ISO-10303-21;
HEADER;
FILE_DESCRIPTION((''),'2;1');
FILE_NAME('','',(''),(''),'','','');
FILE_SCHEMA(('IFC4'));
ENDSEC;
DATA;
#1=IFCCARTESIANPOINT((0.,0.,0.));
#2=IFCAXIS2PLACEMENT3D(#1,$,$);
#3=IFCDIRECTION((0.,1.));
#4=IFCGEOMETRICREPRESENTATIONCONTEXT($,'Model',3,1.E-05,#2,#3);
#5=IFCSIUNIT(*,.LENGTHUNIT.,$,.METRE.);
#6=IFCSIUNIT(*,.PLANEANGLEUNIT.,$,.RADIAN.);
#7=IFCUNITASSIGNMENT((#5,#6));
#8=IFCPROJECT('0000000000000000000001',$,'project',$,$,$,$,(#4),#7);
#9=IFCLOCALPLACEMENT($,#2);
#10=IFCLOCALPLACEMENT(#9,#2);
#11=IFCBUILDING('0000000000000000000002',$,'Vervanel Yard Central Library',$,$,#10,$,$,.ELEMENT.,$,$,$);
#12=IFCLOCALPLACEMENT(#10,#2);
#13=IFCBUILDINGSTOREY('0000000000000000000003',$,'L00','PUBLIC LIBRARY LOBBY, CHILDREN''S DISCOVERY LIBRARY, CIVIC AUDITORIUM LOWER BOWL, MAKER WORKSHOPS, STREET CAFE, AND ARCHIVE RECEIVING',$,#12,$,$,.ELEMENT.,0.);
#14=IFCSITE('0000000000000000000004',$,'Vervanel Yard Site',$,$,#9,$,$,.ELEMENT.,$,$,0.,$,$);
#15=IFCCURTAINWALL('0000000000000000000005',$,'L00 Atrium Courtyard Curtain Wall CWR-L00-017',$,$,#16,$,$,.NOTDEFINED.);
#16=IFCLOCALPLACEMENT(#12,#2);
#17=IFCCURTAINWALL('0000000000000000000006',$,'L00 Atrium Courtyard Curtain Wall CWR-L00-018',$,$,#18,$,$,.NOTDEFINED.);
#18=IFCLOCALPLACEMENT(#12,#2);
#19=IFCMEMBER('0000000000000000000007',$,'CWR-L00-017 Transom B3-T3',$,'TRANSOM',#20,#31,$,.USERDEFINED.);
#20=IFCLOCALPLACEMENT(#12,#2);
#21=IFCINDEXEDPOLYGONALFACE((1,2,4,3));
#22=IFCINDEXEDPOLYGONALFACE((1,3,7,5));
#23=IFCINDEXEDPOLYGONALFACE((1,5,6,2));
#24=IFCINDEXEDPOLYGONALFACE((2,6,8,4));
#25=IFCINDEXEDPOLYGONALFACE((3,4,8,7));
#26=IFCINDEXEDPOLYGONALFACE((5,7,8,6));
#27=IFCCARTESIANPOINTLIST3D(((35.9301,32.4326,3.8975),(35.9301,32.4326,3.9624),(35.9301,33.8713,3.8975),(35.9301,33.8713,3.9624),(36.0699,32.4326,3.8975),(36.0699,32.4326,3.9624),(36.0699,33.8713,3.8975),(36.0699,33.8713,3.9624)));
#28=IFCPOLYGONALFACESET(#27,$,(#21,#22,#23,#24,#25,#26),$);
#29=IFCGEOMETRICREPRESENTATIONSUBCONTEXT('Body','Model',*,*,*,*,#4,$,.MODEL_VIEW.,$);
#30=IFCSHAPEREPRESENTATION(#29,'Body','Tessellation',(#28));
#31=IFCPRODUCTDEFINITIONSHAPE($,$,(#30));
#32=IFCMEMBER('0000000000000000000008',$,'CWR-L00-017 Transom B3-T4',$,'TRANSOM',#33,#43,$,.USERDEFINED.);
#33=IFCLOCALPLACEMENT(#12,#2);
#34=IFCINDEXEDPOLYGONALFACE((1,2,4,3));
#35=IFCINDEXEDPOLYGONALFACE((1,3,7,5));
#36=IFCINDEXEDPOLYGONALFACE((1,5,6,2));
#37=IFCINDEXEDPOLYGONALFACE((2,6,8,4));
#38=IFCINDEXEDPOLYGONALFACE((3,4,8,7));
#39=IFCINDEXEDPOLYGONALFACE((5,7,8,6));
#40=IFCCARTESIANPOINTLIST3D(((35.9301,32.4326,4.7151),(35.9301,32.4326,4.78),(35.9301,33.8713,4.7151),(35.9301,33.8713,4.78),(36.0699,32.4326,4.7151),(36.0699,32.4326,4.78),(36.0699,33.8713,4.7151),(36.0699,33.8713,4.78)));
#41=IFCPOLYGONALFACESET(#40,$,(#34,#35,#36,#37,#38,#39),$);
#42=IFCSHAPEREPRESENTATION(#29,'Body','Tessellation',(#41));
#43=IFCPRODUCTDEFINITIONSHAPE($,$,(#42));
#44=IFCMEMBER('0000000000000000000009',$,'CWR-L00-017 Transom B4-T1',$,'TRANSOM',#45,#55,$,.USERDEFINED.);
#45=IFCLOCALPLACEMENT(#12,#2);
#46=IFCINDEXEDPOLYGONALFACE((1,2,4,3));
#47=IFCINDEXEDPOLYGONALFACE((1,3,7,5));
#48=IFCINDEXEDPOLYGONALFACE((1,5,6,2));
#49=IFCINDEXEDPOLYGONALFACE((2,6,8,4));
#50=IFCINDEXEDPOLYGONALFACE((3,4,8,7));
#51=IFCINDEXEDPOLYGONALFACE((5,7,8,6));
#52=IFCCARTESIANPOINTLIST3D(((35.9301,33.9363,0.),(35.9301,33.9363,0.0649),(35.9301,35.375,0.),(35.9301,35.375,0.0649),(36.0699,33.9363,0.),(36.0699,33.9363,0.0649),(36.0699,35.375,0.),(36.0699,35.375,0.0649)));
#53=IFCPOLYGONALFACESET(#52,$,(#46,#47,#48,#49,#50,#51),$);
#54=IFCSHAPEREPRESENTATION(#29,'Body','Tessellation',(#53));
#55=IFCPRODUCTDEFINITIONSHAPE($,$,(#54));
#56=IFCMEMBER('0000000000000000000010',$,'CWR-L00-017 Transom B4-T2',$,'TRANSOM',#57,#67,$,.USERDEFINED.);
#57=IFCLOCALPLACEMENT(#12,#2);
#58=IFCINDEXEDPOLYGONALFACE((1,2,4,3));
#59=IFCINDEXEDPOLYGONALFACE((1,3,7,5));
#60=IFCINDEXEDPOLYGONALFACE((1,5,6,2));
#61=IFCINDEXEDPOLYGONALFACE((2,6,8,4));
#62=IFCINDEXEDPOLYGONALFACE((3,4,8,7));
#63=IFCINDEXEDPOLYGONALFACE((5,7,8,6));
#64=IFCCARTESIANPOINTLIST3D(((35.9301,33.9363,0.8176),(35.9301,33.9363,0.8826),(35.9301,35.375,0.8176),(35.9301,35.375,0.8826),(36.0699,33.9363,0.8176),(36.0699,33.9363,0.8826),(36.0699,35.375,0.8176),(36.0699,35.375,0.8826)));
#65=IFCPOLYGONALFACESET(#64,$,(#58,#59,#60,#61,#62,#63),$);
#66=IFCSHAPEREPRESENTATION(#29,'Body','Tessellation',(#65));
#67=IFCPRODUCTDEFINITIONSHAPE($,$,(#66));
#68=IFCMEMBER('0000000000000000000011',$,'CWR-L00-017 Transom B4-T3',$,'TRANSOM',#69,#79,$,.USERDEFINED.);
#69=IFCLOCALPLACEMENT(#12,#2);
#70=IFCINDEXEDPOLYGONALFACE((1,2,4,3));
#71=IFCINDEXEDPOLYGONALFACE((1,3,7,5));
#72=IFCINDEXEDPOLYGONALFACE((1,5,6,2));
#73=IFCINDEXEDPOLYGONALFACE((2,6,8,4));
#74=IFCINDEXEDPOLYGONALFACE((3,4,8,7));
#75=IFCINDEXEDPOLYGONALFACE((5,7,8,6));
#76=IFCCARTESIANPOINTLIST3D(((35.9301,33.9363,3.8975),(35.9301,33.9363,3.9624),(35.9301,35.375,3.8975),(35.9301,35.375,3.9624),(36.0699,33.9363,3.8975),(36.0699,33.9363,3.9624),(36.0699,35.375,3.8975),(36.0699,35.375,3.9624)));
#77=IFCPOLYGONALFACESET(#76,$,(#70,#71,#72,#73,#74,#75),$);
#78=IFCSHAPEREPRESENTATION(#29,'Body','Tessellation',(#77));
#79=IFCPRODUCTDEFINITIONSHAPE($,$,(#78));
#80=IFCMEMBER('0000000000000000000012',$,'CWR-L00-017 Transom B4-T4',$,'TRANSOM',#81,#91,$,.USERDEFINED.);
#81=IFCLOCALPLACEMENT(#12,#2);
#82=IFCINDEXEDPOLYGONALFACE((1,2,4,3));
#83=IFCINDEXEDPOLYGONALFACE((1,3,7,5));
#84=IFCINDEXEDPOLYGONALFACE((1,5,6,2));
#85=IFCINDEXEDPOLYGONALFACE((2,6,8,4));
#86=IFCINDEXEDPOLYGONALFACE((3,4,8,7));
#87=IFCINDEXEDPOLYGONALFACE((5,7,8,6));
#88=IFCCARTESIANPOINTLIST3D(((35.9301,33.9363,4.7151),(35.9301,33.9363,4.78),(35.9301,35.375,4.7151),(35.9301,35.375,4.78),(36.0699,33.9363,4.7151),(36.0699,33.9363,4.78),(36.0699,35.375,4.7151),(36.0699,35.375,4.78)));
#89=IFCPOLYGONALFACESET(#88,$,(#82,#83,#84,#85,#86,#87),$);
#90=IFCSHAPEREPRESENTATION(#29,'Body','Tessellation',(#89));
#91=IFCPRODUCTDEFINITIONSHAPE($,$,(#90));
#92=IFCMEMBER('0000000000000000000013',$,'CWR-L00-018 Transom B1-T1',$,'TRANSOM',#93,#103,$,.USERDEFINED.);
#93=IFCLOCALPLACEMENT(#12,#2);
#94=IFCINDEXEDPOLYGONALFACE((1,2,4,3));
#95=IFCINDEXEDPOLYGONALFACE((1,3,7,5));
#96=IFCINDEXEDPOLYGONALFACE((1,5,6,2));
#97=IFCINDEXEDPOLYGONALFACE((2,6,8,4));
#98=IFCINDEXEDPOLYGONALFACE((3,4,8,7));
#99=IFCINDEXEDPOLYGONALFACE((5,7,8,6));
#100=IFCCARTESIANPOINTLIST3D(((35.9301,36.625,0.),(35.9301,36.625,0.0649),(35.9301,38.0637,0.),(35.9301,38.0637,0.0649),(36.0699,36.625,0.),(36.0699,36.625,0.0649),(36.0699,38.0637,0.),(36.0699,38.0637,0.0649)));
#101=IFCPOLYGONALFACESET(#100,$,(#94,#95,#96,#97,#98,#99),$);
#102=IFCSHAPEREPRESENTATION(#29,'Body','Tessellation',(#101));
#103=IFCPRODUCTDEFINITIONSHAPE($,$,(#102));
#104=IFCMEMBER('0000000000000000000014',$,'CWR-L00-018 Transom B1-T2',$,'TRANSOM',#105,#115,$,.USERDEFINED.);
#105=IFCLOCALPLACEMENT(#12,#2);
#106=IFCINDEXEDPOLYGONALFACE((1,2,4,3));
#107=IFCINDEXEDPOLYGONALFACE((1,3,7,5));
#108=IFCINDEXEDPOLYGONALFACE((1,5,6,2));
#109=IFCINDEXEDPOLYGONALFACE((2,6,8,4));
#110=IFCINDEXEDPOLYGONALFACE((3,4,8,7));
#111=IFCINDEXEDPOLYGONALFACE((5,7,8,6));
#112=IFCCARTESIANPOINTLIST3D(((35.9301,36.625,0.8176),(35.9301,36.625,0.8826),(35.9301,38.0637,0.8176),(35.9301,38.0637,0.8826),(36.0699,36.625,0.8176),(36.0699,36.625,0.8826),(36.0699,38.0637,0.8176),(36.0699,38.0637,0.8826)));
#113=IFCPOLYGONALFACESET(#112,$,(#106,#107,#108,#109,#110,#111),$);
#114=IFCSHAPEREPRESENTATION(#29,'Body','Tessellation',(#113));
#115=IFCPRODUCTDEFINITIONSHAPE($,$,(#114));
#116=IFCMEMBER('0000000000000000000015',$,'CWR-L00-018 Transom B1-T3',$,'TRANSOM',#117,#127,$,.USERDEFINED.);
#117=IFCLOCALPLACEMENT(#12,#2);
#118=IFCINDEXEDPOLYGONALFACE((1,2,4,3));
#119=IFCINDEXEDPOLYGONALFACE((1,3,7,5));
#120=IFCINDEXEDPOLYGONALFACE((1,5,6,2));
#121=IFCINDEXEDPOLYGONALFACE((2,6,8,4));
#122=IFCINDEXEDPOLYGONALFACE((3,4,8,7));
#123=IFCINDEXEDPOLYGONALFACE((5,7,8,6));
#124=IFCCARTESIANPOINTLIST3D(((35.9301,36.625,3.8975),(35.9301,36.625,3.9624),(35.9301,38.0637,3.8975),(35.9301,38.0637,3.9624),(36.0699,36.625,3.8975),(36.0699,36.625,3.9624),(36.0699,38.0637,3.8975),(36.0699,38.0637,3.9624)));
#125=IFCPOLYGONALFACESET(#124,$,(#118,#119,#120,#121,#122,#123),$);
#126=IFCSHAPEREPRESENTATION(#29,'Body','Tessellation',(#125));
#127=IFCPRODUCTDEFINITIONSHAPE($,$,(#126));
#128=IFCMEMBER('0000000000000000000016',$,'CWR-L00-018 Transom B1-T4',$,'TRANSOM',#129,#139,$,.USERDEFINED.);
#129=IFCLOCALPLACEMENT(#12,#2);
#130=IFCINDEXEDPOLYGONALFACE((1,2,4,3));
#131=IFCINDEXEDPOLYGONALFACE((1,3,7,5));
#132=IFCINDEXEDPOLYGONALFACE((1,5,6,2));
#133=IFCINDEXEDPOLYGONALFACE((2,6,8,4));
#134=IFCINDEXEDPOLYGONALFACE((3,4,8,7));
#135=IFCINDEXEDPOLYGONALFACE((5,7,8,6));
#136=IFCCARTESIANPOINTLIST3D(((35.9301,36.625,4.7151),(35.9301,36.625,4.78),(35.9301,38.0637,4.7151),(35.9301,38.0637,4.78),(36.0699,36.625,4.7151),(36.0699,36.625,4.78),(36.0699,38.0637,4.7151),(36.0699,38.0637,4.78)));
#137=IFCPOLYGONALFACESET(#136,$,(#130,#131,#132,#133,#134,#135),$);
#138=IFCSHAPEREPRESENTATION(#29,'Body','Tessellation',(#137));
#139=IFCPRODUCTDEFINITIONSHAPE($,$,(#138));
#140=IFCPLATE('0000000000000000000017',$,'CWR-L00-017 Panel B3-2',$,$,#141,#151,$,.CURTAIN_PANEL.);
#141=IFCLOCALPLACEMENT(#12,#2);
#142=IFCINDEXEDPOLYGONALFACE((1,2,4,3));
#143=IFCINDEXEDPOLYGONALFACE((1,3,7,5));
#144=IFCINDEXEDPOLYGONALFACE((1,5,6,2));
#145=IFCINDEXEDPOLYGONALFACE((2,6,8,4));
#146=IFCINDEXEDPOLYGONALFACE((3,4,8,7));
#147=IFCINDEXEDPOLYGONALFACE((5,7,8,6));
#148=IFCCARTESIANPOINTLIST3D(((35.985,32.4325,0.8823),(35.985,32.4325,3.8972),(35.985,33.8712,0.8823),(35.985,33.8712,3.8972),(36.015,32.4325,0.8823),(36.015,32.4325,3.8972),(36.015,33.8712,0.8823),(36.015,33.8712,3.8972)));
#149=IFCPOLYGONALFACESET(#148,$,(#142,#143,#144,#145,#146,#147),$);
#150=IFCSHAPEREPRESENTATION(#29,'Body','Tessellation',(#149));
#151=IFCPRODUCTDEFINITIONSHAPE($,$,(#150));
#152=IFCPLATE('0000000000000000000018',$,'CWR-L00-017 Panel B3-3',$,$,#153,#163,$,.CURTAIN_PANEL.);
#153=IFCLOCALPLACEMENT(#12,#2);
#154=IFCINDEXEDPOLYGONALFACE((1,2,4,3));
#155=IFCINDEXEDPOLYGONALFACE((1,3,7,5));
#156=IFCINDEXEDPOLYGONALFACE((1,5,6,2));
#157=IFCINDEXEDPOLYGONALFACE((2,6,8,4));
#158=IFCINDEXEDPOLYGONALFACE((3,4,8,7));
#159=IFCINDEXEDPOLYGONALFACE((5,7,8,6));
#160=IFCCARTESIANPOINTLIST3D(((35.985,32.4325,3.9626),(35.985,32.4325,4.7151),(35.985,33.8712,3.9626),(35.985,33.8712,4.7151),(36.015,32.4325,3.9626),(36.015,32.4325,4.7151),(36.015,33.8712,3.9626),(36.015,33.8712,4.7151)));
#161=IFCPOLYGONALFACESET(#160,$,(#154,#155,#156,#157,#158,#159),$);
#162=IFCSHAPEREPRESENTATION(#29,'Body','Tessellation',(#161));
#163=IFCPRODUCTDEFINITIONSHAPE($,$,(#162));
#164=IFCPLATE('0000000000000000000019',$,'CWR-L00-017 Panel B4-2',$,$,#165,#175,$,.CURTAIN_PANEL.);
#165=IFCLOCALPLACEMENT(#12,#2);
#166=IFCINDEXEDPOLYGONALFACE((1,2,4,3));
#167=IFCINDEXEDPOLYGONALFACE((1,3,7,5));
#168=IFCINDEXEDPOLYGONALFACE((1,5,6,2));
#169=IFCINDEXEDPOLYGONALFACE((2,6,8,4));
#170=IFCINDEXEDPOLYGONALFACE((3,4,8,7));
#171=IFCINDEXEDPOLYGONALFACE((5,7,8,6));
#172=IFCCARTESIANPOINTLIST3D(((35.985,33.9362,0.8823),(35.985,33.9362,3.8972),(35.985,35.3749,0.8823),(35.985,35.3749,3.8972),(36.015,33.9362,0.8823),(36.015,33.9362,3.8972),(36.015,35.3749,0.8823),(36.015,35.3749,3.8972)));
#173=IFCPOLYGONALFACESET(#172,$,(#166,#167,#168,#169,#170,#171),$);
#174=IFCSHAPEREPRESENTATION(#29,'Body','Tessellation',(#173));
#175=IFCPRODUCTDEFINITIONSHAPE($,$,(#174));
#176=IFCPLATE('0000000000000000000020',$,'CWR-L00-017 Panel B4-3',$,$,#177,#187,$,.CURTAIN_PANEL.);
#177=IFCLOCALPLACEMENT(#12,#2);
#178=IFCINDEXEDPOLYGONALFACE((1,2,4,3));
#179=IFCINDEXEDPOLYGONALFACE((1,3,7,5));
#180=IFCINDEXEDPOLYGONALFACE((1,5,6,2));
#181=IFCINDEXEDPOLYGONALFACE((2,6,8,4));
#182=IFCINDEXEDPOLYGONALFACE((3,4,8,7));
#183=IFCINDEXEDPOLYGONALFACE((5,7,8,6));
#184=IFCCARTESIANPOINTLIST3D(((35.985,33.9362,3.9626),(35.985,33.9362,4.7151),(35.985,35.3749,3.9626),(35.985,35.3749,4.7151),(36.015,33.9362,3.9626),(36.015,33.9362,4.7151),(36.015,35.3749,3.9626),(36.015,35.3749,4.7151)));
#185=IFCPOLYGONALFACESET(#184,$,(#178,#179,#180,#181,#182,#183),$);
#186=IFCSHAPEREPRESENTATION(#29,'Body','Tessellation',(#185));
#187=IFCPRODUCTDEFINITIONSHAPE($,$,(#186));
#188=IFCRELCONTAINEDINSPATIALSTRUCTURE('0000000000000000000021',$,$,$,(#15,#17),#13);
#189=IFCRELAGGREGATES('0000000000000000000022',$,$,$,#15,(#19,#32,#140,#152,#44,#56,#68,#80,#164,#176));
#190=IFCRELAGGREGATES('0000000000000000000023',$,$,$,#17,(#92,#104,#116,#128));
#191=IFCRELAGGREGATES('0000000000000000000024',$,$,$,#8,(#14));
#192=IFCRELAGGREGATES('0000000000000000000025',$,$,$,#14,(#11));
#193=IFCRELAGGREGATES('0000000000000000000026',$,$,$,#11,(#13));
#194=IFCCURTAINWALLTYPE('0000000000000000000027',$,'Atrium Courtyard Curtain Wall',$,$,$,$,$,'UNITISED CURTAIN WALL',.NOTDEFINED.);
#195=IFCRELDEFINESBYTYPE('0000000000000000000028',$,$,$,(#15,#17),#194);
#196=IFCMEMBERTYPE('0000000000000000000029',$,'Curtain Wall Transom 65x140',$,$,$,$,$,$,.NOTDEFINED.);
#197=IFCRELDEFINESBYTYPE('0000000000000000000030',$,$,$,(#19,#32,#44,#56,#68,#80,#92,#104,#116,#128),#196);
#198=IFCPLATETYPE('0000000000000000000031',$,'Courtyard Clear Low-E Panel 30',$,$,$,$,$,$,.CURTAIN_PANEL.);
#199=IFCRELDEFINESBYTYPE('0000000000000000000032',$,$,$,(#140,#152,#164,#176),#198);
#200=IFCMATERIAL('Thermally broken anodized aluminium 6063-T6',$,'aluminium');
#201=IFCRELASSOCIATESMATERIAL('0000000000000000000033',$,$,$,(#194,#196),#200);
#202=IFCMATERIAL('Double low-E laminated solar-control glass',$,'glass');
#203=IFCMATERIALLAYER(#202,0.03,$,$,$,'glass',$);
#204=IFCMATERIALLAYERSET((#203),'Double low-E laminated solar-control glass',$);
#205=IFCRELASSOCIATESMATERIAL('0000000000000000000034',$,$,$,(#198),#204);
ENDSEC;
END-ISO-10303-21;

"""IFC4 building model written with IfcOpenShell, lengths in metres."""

from ifc_helpers import new_model, si_unit, direction, frame, origin, origin_2d, place, context, subcontext, project, spatial, rectangle, extrude, material, layer, layer_set, material_profile, profile_set, type_object, element, aggregate, save


model = new_model("IFC4")

# Units and contexts
model_context = context("Model", 3, precision=1e-05, world=origin(), true_north=direction((0.0, 1.0)))
body_context = subcontext(model_context, "Body", "Model", "MODEL_VIEW")
ifc_project = project(units=[si_unit("LENGTHUNIT", "METRE"), si_unit("PLANEANGLEUNIT", "RADIAN")], contexts=[model_context])

# Site, building, storey
site_placement = place(None, origin())
site = spatial("IfcSite", under=ifc_project, at=site_placement, Name="Vervanel Yard Site", CompositionType="ELEMENT", RefElevation=0.0)
building_placement = place(site_placement, origin())
building = spatial("IfcBuilding", under=site, at=building_placement, Name="Vervanel Yard Central Library", CompositionType="ELEMENT")
storey_placement = place(building_placement, origin())
storey = spatial("IfcBuildingStorey", under=building, at=storey_placement, Name="L00", Description="PUBLIC LIBRARY LOBBY, CHILDREN'S DISCOVERY LIBRARY, CIVIC AUDITORIUM LOWER BOWL, MAKER WORKSHOPS, STREET CAFE, AND ARCHIVE RECEIVING", CompositionType="ELEMENT", Elevation=0.0)

# Curtain wall
ifc_material_1 = material(Name="Thermally broken anodized aluminium 6063-T6", Category="aluminium")
curtain_wall_type = type_object("IfcCurtainWallType", Name="Atrium Courtyard Curtain Wall", ElementType="UNITISED CURTAIN WALL", PredefinedType="NOTDEFINED", material=ifc_material_1)
curtain_wall_1_placement = place(storey_placement, origin())
curtain_wall_1 = element("IfcCurtainWall", 1, at=curtain_wall_1_placement, inside=storey, type_object=curtain_wall_type, Name="L00 Atrium Courtyard Curtain Wall CWR-L00-017", PredefinedType="NOTDEFINED")

# Curtain wall
curtain_wall_2_placement = place(storey_placement, origin())
curtain_wall_2 = element("IfcCurtainWall", 2, at=curtain_wall_2_placement, inside=storey, type_object=curtain_wall_type, Name="L00 Atrium Courtyard Curtain Wall CWR-L00-018", PredefinedType="NOTDEFINED")

# Members
ifc_material_profile_1 = material_profile(ifc_material_1, rectangle(XDim=0.0649, YDim=0.1399, at=origin_2d()), Name="ALU 65x140", Category="aluminium")
ifc_profile_set_1 = profile_set([ifc_material_profile_1], Name="Thermally broken anodized aluminium 6063-T6")
member_type_1 = type_object("IfcMemberType", Name="Curtain Wall Transom 65x140", PredefinedType="NOTDEFINED", material=ifc_profile_set_1)
member_1_placement = place(storey_placement, frame((36.0, 32.4326, 3.9299), z_axis=(0.0, 1.0, 0.0), x_axis=(0.0, 0.0, 1.0)))
member_1 = element("IfcMember", 3, at=member_1_placement, type_object=member_type_1, Name="CWR-L00-017 Transom B3-T3", ObjectType="TRANSOM", PredefinedType="USERDEFINED", context=body_context, shape_type="SweptSolid", body=[
    extrude(rectangle(XDim=0.0649, YDim=0.1399, at=origin_2d()), origin(), (0.0, 0.0, 1.0), 1.4387),
])
member_2_placement = place(storey_placement, frame((36.0, 32.4326, 4.7476), z_axis=(0.0, 1.0, 0.0), x_axis=(0.0, 0.0, 1.0)))
member_2 = element("IfcMember", 4, at=member_2_placement, type_object=member_type_1, Name="CWR-L00-017 Transom B3-T4", ObjectType="TRANSOM", PredefinedType="USERDEFINED", context=body_context, shape_type="SweptSolid", body=[
    extrude(rectangle(XDim=0.0649, YDim=0.1399, at=origin_2d()), origin(), (0.0, 0.0, 1.0), 1.4387),
])
member_3_placement = place(storey_placement, frame((36.0, 33.9363, 0.0325), z_axis=(0.0, 1.0, 0.0), x_axis=(0.0, 0.0, 1.0)))
member_3 = element("IfcMember", 5, at=member_3_placement, type_object=member_type_1, Name="CWR-L00-017 Transom B4-T1", ObjectType="TRANSOM", PredefinedType="USERDEFINED", context=body_context, shape_type="SweptSolid", body=[
    extrude(rectangle(XDim=0.0649, YDim=0.1399, at=origin_2d()), origin(), (0.0, 0.0, 1.0), 1.4387),
])
member_4_placement = place(storey_placement, frame((36.0, 33.9363, 0.8501), z_axis=(0.0, 1.0, 0.0), x_axis=(0.0, 0.0, 1.0)))
member_4 = element("IfcMember", 6, at=member_4_placement, type_object=member_type_1, Name="CWR-L00-017 Transom B4-T2", ObjectType="TRANSOM", PredefinedType="USERDEFINED", context=body_context, shape_type="SweptSolid", body=[
    extrude(rectangle(XDim=0.0649, YDim=0.1399, at=origin_2d()), origin(), (0.0, 0.0, 1.0), 1.4387),
])
member_5_placement = place(storey_placement, frame((36.0, 33.9363, 3.9299), z_axis=(0.0, 1.0, 0.0), x_axis=(0.0, 0.0, 1.0)))
member_5 = element("IfcMember", 7, at=member_5_placement, type_object=member_type_1, Name="CWR-L00-017 Transom B4-T3", ObjectType="TRANSOM", PredefinedType="USERDEFINED", context=body_context, shape_type="SweptSolid", body=[
    extrude(rectangle(XDim=0.0649, YDim=0.1399, at=origin_2d()), origin(), (0.0, 0.0, 1.0), 1.4387),
])
member_6_placement = place(storey_placement, frame((36.0, 33.9363, 4.7476), z_axis=(0.0, 1.0, 0.0), x_axis=(0.0, 0.0, 1.0)))
member_6 = element("IfcMember", 8, at=member_6_placement, type_object=member_type_1, Name="CWR-L00-017 Transom B4-T4", ObjectType="TRANSOM", PredefinedType="USERDEFINED", context=body_context, shape_type="SweptSolid", body=[
    extrude(rectangle(XDim=0.0649, YDim=0.1399, at=origin_2d()), origin(), (0.0, 0.0, 1.0), 1.4387),
])
member_7_placement = place(storey_placement, frame((36.0, 36.625, 0.0325), z_axis=(0.0, 1.0, 0.0), x_axis=(0.0, 0.0, 1.0)))
member_7 = element("IfcMember", 9, at=member_7_placement, type_object=member_type_1, Name="CWR-L00-018 Transom B1-T1", ObjectType="TRANSOM", PredefinedType="USERDEFINED", context=body_context, shape_type="SweptSolid", body=[
    extrude(rectangle(XDim=0.0649, YDim=0.1399, at=origin_2d()), origin(), (0.0, 0.0, 1.0), 1.4387),
])
member_8_placement = place(storey_placement, frame((36.0, 36.625, 0.8501), z_axis=(0.0, 1.0, 0.0), x_axis=(0.0, 0.0, 1.0)))
member_8 = element("IfcMember", 10, at=member_8_placement, type_object=member_type_1, Name="CWR-L00-018 Transom B1-T2", ObjectType="TRANSOM", PredefinedType="USERDEFINED", context=body_context, shape_type="SweptSolid", body=[
    extrude(rectangle(XDim=0.0649, YDim=0.1399, at=origin_2d()), origin(), (0.0, 0.0, 1.0), 1.4387),
])
member_9_placement = place(storey_placement, frame((36.0, 36.625, 3.9299), z_axis=(0.0, 1.0, 0.0), x_axis=(0.0, 0.0, 1.0)))
member_9 = element("IfcMember", 11, at=member_9_placement, type_object=member_type_1, Name="CWR-L00-018 Transom B1-T3", ObjectType="TRANSOM", PredefinedType="USERDEFINED", context=body_context, shape_type="SweptSolid", body=[
    extrude(rectangle(XDim=0.0649, YDim=0.1399, at=origin_2d()), origin(), (0.0, 0.0, 1.0), 1.4387),
])
member_10_placement = place(storey_placement, frame((36.0, 36.625, 4.7476), z_axis=(0.0, 1.0, 0.0), x_axis=(0.0, 0.0, 1.0)))
member_10 = element("IfcMember", 12, at=member_10_placement, type_object=member_type_1, Name="CWR-L00-018 Transom B1-T4", ObjectType="TRANSOM", PredefinedType="USERDEFINED", context=body_context, shape_type="SweptSolid", body=[
    extrude(rectangle(XDim=0.0649, YDim=0.1399, at=origin_2d()), origin(), (0.0, 0.0, 1.0), 1.4387),
])

# Plates
ifc_material_2 = material(Name="Double low-E laminated solar-control glass", Category="glass")
ifc_layer_1 = layer(ifc_material_2, 0.03, Category="glass")
ifc_layer_set_1 = layer_set([ifc_layer_1], Name="Double low-E laminated solar-control glass")
plate_type_1 = type_object("IfcPlateType", Name="Courtyard Clear Low-E Panel 30", PredefinedType="CURTAIN_PANEL", material=ifc_layer_set_1)
plate_1_placement = place(storey_placement, frame((36.0, 33.1519, 0.8823), z_axis=(0.0, 0.0, 1.0), x_axis=(0.0, 1.0, 0.0)))
plate_1 = element("IfcPlate", 13, at=plate_1_placement, type_object=plate_type_1, Name="CWR-L00-017 Panel B3-2", PredefinedType="CURTAIN_PANEL", context=body_context, shape_type="SweptSolid", body=[
    extrude(rectangle(XDim=1.4387, YDim=0.03, at=origin_2d()), origin(), (0.0, 0.0, 1.0), 3.0149),
])
plate_2_placement = place(storey_placement, frame((36.0, 33.1519, 3.9626), z_axis=(0.0, 0.0, 1.0), x_axis=(0.0, 1.0, 0.0)))
plate_2 = element("IfcPlate", 14, at=plate_2_placement, type_object=plate_type_1, Name="CWR-L00-017 Panel B3-3", PredefinedType="CURTAIN_PANEL", context=body_context, shape_type="SweptSolid", body=[
    extrude(rectangle(XDim=1.4387, YDim=0.03, at=origin_2d()), origin(), (0.0, 0.0, 1.0), 0.7524),
])
plate_3_placement = place(storey_placement, frame((36.0, 34.6555, 0.8823), z_axis=(0.0, 0.0, 1.0), x_axis=(0.0, 1.0, 0.0)))
plate_3 = element("IfcPlate", 15, at=plate_3_placement, type_object=plate_type_1, Name="CWR-L00-017 Panel B4-2", PredefinedType="CURTAIN_PANEL", context=body_context, shape_type="SweptSolid", body=[
    extrude(rectangle(XDim=1.4387, YDim=0.03, at=origin_2d()), origin(), (0.0, 0.0, 1.0), 3.0149),
])
plate_4_placement = place(storey_placement, frame((36.0, 34.6555, 3.9626), z_axis=(0.0, 0.0, 1.0), x_axis=(0.0, 1.0, 0.0)))
plate_4 = element("IfcPlate", 16, at=plate_4_placement, type_object=plate_type_1, Name="CWR-L00-017 Panel B4-3", PredefinedType="CURTAIN_PANEL", context=body_context, shape_type="SweptSolid", body=[
    extrude(rectangle(XDim=1.4387, YDim=0.03, at=origin_2d()), origin(), (0.0, 0.0, 1.0), 0.7524),
])
aggregate(curtain_wall_1, [member_1, member_2, plate_1, plate_2, member_3, member_4, member_5, member_6, plate_3, plate_4])
aggregate(curtain_wall_2, [member_7, member_8, member_9, member_10])

save(model, "model.ifc")
